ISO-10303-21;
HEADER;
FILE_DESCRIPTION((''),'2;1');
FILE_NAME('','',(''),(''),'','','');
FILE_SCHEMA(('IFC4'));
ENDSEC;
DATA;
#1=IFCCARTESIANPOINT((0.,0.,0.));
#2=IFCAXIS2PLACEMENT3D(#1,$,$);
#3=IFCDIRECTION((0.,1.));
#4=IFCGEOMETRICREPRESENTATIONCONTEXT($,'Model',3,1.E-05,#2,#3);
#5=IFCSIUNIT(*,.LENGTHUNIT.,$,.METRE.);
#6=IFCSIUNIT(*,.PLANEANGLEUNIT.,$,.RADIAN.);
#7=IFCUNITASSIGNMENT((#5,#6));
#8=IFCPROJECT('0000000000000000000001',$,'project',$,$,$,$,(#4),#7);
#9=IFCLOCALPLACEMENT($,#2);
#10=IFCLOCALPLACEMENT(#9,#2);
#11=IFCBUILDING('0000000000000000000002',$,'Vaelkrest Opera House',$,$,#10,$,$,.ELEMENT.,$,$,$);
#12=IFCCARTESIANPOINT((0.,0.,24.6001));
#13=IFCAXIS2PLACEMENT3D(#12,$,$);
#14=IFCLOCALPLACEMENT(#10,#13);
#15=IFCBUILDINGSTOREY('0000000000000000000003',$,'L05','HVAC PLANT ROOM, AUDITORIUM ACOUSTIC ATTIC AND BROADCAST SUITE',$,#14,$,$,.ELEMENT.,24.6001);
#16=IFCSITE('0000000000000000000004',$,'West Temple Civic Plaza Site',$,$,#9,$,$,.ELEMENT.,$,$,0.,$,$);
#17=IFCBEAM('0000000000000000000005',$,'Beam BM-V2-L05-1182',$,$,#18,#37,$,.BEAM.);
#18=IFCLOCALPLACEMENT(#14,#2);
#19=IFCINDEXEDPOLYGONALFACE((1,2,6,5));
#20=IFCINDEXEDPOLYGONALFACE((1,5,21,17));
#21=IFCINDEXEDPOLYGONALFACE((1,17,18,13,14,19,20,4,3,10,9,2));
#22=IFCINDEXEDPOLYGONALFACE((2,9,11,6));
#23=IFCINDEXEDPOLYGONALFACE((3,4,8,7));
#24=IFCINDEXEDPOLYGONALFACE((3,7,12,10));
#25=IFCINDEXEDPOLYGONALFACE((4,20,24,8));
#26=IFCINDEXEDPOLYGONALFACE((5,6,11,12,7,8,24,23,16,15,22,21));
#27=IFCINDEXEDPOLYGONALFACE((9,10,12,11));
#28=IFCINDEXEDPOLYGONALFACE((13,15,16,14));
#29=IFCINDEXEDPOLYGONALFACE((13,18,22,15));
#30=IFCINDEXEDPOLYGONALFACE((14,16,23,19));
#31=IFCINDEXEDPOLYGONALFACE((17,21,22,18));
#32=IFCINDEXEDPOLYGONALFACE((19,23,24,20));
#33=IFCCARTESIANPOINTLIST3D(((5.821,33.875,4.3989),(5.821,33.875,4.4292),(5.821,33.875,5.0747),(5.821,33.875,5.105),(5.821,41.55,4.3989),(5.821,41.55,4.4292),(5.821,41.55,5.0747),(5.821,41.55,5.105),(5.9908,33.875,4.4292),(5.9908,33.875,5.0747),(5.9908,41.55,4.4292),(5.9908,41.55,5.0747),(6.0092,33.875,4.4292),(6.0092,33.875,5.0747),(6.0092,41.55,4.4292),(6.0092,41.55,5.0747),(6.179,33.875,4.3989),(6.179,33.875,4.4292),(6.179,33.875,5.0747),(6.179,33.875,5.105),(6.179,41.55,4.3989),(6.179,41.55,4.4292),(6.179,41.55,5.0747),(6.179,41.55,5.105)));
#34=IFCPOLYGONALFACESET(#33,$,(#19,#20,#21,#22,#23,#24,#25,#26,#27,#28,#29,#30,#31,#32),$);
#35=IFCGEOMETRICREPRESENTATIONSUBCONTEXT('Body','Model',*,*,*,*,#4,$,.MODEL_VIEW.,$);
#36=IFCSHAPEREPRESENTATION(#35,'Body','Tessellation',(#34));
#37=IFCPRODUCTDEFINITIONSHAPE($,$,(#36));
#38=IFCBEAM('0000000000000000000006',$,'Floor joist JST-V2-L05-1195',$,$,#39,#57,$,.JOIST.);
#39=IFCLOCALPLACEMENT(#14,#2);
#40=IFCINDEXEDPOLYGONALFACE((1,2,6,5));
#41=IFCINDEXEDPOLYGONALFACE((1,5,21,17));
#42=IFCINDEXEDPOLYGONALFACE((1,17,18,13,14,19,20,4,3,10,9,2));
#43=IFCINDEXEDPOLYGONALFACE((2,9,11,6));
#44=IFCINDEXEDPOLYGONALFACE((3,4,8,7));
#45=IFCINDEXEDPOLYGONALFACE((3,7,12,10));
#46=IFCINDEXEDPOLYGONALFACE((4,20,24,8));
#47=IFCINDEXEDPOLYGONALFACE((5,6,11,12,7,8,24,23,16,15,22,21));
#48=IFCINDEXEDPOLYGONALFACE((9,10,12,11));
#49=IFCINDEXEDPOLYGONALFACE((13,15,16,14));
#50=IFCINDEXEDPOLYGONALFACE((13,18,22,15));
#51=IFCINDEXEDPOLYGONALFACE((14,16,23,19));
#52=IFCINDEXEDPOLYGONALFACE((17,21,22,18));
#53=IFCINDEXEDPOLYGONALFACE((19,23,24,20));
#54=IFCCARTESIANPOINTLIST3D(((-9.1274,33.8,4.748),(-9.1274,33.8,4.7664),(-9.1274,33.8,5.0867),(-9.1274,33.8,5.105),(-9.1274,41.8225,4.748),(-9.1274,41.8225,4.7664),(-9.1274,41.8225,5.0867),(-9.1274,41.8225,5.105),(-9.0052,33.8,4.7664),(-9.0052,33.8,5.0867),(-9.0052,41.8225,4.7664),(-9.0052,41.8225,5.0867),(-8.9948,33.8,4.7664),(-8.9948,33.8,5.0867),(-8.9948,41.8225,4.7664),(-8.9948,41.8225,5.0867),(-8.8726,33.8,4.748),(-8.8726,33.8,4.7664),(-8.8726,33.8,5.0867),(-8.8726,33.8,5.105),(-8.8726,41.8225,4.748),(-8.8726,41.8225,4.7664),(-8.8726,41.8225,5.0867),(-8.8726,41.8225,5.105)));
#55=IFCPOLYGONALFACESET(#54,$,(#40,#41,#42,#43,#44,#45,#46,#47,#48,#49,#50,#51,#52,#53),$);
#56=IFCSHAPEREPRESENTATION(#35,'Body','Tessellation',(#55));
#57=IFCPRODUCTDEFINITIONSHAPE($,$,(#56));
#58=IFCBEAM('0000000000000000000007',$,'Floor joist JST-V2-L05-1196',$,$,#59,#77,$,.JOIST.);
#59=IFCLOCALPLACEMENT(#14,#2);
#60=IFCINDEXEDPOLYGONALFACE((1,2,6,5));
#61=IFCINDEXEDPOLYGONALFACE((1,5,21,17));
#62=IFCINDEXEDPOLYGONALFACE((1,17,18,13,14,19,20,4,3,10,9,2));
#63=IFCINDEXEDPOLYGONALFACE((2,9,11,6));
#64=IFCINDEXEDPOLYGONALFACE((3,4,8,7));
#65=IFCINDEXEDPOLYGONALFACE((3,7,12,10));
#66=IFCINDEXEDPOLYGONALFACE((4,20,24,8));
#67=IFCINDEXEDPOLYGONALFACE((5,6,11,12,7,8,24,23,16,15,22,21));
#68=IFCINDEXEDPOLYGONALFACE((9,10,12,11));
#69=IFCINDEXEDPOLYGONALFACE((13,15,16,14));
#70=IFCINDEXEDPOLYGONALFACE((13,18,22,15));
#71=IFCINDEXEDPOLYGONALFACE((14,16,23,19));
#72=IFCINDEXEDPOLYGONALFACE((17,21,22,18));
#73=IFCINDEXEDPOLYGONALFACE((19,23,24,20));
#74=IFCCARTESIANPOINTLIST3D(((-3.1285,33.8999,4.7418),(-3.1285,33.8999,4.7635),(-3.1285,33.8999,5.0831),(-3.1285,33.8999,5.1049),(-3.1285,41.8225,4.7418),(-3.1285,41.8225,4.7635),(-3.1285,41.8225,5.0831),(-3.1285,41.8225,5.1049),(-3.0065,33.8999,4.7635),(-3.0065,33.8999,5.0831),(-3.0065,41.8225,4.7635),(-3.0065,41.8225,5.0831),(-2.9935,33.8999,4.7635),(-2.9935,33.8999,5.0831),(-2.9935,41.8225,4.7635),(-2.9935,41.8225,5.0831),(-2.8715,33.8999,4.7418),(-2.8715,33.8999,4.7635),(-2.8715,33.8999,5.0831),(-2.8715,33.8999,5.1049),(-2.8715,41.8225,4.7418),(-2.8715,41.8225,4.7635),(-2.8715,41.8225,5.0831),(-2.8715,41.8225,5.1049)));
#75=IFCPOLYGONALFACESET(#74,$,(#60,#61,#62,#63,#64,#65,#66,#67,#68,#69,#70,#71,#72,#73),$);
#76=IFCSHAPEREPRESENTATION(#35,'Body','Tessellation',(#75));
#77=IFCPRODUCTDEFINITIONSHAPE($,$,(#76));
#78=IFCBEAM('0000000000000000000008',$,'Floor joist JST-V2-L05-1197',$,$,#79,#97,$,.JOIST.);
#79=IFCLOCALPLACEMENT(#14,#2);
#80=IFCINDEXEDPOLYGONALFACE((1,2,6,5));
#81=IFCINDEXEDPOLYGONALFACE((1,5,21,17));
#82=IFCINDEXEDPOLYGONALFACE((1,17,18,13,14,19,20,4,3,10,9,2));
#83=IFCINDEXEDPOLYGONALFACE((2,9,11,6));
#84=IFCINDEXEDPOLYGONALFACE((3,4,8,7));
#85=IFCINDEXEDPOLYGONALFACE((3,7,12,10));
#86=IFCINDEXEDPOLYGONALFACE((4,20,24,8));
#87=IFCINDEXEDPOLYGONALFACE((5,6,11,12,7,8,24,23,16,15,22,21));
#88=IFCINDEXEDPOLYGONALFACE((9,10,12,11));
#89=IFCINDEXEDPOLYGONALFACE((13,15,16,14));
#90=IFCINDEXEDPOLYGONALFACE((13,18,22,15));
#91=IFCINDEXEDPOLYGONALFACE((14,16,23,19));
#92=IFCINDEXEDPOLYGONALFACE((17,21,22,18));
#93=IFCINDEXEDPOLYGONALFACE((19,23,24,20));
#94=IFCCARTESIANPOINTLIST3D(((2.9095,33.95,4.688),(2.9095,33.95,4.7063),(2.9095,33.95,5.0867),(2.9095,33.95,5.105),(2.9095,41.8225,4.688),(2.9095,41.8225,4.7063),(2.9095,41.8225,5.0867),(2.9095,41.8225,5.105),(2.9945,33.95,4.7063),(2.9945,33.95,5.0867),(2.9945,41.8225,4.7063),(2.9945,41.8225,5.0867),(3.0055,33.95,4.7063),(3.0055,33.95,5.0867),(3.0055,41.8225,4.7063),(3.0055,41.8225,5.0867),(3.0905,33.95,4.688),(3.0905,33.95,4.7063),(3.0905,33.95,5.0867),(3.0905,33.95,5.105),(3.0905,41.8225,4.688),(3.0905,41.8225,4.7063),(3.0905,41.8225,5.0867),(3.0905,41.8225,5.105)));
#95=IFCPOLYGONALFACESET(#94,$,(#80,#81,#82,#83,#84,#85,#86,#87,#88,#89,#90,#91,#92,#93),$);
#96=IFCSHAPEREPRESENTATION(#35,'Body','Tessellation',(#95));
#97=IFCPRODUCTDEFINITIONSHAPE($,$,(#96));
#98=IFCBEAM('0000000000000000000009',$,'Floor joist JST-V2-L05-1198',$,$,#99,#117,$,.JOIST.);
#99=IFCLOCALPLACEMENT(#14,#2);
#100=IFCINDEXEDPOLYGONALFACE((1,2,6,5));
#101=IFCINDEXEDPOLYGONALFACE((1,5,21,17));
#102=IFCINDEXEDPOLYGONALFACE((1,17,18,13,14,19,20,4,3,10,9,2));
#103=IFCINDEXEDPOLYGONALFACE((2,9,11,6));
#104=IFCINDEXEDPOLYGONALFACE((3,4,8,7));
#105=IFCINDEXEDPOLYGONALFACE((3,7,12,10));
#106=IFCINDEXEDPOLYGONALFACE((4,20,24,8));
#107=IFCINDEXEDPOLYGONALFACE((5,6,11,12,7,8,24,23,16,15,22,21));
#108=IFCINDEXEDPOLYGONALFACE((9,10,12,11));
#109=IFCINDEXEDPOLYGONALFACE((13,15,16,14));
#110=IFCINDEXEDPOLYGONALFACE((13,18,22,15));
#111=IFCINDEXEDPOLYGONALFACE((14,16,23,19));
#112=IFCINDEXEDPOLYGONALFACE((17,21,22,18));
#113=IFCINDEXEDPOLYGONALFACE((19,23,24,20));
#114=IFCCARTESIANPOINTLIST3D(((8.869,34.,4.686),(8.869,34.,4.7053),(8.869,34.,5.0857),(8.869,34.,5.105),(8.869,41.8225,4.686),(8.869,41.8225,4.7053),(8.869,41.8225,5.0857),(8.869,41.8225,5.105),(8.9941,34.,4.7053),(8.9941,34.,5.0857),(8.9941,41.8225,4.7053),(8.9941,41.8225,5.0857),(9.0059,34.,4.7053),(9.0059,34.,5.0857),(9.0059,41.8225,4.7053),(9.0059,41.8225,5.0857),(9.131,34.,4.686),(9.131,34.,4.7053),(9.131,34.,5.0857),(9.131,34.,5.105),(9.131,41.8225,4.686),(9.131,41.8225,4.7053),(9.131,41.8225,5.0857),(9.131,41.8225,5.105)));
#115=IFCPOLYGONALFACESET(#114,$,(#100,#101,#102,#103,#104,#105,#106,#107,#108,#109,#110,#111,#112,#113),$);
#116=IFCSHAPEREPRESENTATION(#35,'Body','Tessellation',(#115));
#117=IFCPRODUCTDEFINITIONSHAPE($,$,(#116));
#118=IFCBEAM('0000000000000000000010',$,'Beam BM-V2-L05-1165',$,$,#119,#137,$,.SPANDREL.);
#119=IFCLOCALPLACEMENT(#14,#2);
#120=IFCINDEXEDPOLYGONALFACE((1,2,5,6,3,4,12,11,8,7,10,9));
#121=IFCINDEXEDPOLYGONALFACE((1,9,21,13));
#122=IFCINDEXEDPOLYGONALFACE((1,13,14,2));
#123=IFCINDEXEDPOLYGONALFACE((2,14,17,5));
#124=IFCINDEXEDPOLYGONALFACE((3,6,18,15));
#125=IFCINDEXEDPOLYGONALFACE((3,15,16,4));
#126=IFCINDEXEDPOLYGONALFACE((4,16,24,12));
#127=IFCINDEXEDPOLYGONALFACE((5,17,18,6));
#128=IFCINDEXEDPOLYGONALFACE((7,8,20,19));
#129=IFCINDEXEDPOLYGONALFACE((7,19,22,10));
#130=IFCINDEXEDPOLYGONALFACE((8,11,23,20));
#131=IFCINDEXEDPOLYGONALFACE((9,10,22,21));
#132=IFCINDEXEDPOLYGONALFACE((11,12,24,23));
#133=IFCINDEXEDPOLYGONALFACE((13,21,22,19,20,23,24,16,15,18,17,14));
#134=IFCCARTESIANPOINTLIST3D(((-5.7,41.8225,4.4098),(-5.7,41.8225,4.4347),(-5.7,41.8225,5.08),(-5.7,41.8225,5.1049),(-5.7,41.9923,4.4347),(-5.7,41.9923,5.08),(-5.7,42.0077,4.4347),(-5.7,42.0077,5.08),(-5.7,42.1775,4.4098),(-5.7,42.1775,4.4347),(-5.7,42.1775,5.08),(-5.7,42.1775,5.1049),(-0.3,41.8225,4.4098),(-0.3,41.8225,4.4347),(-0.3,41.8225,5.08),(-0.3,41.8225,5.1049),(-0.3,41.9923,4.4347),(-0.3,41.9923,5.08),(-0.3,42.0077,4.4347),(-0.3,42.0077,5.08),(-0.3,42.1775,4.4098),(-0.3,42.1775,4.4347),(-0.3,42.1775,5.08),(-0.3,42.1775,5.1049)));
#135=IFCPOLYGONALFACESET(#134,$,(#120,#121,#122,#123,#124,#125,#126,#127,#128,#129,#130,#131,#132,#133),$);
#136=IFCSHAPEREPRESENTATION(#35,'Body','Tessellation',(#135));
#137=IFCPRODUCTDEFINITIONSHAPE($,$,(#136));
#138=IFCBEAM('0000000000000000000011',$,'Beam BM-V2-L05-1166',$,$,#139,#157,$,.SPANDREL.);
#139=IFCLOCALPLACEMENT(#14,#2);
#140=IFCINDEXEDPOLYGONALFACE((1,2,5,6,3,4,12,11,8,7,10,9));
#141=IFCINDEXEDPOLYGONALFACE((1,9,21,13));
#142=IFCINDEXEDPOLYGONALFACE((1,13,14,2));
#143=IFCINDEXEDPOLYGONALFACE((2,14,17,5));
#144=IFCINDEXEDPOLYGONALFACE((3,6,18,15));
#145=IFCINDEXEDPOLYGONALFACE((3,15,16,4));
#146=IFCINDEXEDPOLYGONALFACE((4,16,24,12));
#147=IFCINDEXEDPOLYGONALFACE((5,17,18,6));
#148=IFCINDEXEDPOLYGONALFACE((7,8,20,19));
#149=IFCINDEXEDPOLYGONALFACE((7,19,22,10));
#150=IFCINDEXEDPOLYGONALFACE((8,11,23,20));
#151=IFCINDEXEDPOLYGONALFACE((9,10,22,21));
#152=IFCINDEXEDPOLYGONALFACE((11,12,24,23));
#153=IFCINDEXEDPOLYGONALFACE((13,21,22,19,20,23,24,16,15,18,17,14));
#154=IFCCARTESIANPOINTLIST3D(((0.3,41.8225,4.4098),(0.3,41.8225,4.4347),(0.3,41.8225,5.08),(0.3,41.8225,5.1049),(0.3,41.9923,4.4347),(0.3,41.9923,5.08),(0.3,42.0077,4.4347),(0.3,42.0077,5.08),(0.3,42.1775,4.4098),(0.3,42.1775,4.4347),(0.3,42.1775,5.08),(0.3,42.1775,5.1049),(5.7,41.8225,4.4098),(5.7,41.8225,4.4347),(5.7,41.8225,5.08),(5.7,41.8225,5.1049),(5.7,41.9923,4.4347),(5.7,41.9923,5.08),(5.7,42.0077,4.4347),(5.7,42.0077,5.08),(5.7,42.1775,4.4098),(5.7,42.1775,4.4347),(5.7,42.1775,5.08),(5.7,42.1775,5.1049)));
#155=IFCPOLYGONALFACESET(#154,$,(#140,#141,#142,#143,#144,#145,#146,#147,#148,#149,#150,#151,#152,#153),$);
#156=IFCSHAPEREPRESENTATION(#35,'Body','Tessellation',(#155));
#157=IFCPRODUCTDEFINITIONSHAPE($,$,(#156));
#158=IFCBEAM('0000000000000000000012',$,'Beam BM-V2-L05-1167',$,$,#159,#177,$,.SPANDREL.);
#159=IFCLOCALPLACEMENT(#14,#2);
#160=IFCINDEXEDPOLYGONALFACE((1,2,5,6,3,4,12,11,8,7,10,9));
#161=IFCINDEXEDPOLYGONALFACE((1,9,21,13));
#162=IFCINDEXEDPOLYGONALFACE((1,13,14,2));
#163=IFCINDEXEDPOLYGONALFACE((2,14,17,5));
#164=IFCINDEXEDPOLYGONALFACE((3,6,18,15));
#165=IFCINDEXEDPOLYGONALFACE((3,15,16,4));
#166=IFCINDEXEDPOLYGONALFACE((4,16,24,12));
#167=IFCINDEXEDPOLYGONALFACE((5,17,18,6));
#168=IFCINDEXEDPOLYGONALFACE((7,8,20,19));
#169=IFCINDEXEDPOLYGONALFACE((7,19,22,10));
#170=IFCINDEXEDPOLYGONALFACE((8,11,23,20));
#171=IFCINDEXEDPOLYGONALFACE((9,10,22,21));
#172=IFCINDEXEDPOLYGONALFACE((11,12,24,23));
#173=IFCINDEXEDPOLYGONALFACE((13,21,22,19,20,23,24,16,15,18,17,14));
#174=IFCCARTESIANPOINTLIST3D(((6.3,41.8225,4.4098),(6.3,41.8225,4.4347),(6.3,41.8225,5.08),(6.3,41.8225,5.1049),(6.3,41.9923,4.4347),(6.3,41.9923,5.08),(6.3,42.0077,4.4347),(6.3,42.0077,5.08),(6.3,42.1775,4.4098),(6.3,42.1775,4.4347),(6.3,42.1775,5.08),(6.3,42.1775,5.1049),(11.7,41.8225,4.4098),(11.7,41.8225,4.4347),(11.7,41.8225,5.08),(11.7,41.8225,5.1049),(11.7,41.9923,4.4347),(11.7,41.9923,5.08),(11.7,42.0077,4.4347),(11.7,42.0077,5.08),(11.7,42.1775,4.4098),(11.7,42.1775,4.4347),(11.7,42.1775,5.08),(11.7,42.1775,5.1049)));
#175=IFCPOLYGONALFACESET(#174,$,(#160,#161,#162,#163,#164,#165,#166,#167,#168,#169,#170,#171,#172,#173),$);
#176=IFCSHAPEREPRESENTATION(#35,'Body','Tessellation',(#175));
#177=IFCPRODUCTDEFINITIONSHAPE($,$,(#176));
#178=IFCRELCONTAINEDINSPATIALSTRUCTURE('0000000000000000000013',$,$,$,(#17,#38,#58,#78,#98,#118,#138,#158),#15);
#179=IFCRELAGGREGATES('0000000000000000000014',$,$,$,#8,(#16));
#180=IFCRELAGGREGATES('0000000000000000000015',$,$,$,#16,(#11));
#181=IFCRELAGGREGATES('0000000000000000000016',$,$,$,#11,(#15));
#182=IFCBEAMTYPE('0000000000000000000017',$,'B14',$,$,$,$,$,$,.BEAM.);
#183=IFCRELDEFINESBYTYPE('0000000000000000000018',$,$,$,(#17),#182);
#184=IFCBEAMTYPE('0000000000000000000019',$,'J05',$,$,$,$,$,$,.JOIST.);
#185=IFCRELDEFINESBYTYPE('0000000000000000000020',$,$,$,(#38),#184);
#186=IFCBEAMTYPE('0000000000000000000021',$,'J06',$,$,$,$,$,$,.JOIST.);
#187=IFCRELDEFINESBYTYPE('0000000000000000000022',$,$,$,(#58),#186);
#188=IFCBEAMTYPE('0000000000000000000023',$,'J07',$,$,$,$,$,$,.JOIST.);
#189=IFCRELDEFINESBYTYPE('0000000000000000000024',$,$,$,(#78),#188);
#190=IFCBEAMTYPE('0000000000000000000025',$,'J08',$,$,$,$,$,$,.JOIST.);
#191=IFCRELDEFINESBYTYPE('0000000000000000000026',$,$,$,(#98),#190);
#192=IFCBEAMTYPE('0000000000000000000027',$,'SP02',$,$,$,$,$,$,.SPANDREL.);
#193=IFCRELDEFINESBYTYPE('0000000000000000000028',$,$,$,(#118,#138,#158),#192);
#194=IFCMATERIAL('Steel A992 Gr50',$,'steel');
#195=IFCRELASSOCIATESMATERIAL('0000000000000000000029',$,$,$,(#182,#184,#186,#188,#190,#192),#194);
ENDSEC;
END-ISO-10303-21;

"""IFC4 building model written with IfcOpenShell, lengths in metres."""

from ifc_helpers import new_model, si_unit, direction, frame, origin, origin_2d, place, context, subcontext, project, spatial, i_section, extrude, material, material_profile, profile_set, type_object, element, save


model = new_model("IFC4")

# Units and contexts
model_context = context("Model", 3, precision=1e-05, world=origin(), true_north=direction((0.0, 1.0)))
body_context = subcontext(model_context, "Body", "Model", "MODEL_VIEW")
ifc_project = project(units=[si_unit("LENGTHUNIT", "METRE"), si_unit("PLANEANGLEUNIT", "RADIAN")], contexts=[model_context])

# Site, building, storey
site_placement = place(None, origin())
site = spatial("IfcSite", under=ifc_project, at=site_placement, Name="West Temple Civic Plaza Site", CompositionType="ELEMENT", RefElevation=0.0)
building_placement = place(site_placement, origin())
building = spatial("IfcBuilding", under=site, at=building_placement, Name="Vaelkrest Opera House", CompositionType="ELEMENT")
storey_placement = place(building_placement, frame((0.0, 0.0, 24.6001)))
storey = spatial("IfcBuildingStorey", under=building, at=storey_placement, Name="L05", Description="HVAC PLANT ROOM, AUDITORIUM ACOUSTIC ATTIC AND BROADCAST SUITE", CompositionType="ELEMENT", Elevation=24.6001)

# Beams
ifc_material_1 = material(Name="Steel A992 Gr50", Category="steel")
ifc_material_profile_1 = material_profile(ifc_material_1, i_section(OverallWidth=0.3579, OverallDepth=0.7061, WebThickness=0.0183, FlangeThickness=0.0303, at=origin_2d()), Name="W27X178")
ifc_profile_set_1 = profile_set([ifc_material_profile_1], Name="Steel A992 Gr50")
beam_type_1 = type_object("IfcBeamType", Name="B14", PredefinedType="BEAM", material=ifc_profile_set_1)
for number, where, z_axis, x_axis, name in (
    (1, (6.0, 33.875, 4.752), (0.0, 1.0, 0.0), (-1.0, 0.0, 0.0), "Beam BM-V2-L05-1182"),
):
    element("IfcBeam", number, at=place(storey_placement, frame(where, z_axis=z_axis, x_axis=x_axis)), inside=storey, type_object=beam_type_1, Name=name, PredefinedType="BEAM", context=body_context, shape_type="SweptSolid", body=[
        extrude(i_section(OverallWidth=0.3579, OverallDepth=0.7061, WebThickness=0.0183, FlangeThickness=0.0303, at=origin_2d()), origin(), (0.0, 0.0, 1.0), 7.675),
    ])
ifc_material_profile_2 = material_profile(ifc_material_1, i_section(OverallWidth=0.2549, OverallDepth=0.3569, WebThickness=0.0105, FlangeThickness=0.0183, at=origin_2d()), Name="W14X68")
ifc_profile_set_2 = profile_set([ifc_material_profile_2], Name="Steel A992 Gr50")
beam_type_2 = type_object("IfcBeamType", Name="J05", PredefinedType="JOIST", material=ifc_profile_set_2)
beam_1_placement = place(storey_placement, frame((-9.0, 33.8, 4.9265), z_axis=(0.0, 1.0, 0.0), x_axis=(-1.0, 0.0, 0.0)))
element("IfcBeam", 2, at=beam_1_placement, inside=storey, type_object=beam_type_2, Name="Floor joist JST-V2-L05-1195", PredefinedType="JOIST", context=body_context, shape_type="SweptSolid", body=[
    extrude(i_section(OverallWidth=0.2549, OverallDepth=0.3569, WebThickness=0.0105, FlangeThickness=0.0183, at=origin_2d()), origin(), (0.0, 0.0, 1.0), 8.0225),
])
ifc_material_profile_3 = material_profile(ifc_material_1, i_section(OverallWidth=0.2571, OverallDepth=0.363, WebThickness=0.0129, FlangeThickness=0.0217, at=origin_2d()), Name="W14X82")
ifc_profile_set_3 = profile_set([ifc_material_profile_3], Name="Steel A992 Gr50")
beam_type_3 = type_object("IfcBeamType", Name="J06", PredefinedType="JOIST", material=ifc_profile_set_3)
beam_2_placement = place(storey_placement, frame((-3.0, 33.8999, 4.9233), z_axis=(0.0, 1.0, 0.0), x_axis=(-1.0, 0.0, 0.0)))
element("IfcBeam", 3, at=beam_2_placement, inside=storey, type_object=beam_type_3, Name="Floor joist JST-V2-L05-1196", PredefinedType="JOIST", context=body_context, shape_type="SweptSolid", body=[
    extrude(i_section(OverallWidth=0.2571, OverallDepth=0.363, WebThickness=0.0129, FlangeThickness=0.0217, at=origin_2d()), origin(), (0.0, 0.0, 1.0), 7.9226),
])
ifc_material_profile_4 = material_profile(ifc_material_1, i_section(OverallWidth=0.1809, OverallDepth=0.417, WebThickness=0.011, FlangeThickness=0.0183, at=origin_2d()), Name="W16X57")
ifc_profile_set_4 = profile_set([ifc_material_profile_4], Name="Steel A992 Gr50")
beam_type_4 = type_object("IfcBeamType", Name="J07", PredefinedType="JOIST", material=ifc_profile_set_4)
beam_3_placement = place(storey_placement, frame((3.0, 33.95, 4.8965), z_axis=(0.0, 1.0, 0.0), x_axis=(-1.0, 0.0, 0.0)))
element("IfcBeam", 4, at=beam_3_placement, inside=storey, type_object=beam_type_4, Name="Floor joist JST-V2-L05-1197", PredefinedType="JOIST", context=body_context, shape_type="SweptSolid", body=[
    extrude(i_section(OverallWidth=0.1809, OverallDepth=0.417, WebThickness=0.011, FlangeThickness=0.0183, at=origin_2d()), origin(), (0.0, 0.0, 1.0), 7.8726),
])
ifc_material_profile_5 = material_profile(ifc_material_1, i_section(OverallWidth=0.262, OverallDepth=0.4189, WebThickness=0.0117, FlangeThickness=0.0193, at=origin_2d()), Name="W16X77")
ifc_profile_set_5 = profile_set([ifc_material_profile_5], Name="Steel A992 Gr50")
beam_type_5 = type_object("IfcBeamType", Name="J08", PredefinedType="JOIST", material=ifc_profile_set_5)
beam_4_placement = place(storey_placement, frame((9.0, 34.0, 4.8955), z_axis=(0.0, 1.0, 0.0), x_axis=(-1.0, 0.0, 0.0)))
element("IfcBeam", 5, at=beam_4_placement, inside=storey, type_object=beam_type_5, Name="Floor joist JST-V2-L05-1198", PredefinedType="JOIST", context=body_context, shape_type="SweptSolid", body=[
    extrude(i_section(OverallWidth=0.262, OverallDepth=0.4189, WebThickness=0.0117, FlangeThickness=0.0193, at=origin_2d()), origin(), (0.0, 0.0, 1.0), 7.8225),
])
ifc_material_profile_6 = material_profile(ifc_material_1, i_section(OverallWidth=0.355, OverallDepth=0.6951, WebThickness=0.0154, FlangeThickness=0.0249, at=origin_2d()), Name="W27X146")
ifc_profile_set_6 = profile_set([ifc_material_profile_6], Name="Steel A992 Gr50")
beam_type_6 = type_object("IfcBeamType", Name="SP02", PredefinedType="SPANDREL", material=ifc_profile_set_6)
for number, where, z_axis, x_axis, name in (
    (6, (-5.7, 42.0, 4.7573), (1.0, 0.0, 0.0), (0.0, 1.0, 0.0), "Beam BM-V2-L05-1165"),
    (7, (0.3, 42.0, 4.7573), (1.0, 0.0, 0.0), (0.0, 1.0, 0.0), "Beam BM-V2-L05-1166"),
    (8, (6.3, 42.0, 4.7573), (1.0, 0.0, 0.0), (0.0, 1.0, 0.0), "Beam BM-V2-L05-1167"),
):
    element("IfcBeam", number, at=place(storey_placement, frame(where, z_axis=z_axis, x_axis=x_axis)), inside=storey, type_object=beam_type_6, Name=name, PredefinedType="SPANDREL", context=body_context, shape_type="SweptSolid", body=[
        extrude(i_section(OverallWidth=0.355, OverallDepth=0.6951, WebThickness=0.0154, FlangeThickness=0.0249, at=origin_2d()), origin(), (0.0, 0.0, 1.0), 5.3999),
    ])

save(model, "model.ifc")
